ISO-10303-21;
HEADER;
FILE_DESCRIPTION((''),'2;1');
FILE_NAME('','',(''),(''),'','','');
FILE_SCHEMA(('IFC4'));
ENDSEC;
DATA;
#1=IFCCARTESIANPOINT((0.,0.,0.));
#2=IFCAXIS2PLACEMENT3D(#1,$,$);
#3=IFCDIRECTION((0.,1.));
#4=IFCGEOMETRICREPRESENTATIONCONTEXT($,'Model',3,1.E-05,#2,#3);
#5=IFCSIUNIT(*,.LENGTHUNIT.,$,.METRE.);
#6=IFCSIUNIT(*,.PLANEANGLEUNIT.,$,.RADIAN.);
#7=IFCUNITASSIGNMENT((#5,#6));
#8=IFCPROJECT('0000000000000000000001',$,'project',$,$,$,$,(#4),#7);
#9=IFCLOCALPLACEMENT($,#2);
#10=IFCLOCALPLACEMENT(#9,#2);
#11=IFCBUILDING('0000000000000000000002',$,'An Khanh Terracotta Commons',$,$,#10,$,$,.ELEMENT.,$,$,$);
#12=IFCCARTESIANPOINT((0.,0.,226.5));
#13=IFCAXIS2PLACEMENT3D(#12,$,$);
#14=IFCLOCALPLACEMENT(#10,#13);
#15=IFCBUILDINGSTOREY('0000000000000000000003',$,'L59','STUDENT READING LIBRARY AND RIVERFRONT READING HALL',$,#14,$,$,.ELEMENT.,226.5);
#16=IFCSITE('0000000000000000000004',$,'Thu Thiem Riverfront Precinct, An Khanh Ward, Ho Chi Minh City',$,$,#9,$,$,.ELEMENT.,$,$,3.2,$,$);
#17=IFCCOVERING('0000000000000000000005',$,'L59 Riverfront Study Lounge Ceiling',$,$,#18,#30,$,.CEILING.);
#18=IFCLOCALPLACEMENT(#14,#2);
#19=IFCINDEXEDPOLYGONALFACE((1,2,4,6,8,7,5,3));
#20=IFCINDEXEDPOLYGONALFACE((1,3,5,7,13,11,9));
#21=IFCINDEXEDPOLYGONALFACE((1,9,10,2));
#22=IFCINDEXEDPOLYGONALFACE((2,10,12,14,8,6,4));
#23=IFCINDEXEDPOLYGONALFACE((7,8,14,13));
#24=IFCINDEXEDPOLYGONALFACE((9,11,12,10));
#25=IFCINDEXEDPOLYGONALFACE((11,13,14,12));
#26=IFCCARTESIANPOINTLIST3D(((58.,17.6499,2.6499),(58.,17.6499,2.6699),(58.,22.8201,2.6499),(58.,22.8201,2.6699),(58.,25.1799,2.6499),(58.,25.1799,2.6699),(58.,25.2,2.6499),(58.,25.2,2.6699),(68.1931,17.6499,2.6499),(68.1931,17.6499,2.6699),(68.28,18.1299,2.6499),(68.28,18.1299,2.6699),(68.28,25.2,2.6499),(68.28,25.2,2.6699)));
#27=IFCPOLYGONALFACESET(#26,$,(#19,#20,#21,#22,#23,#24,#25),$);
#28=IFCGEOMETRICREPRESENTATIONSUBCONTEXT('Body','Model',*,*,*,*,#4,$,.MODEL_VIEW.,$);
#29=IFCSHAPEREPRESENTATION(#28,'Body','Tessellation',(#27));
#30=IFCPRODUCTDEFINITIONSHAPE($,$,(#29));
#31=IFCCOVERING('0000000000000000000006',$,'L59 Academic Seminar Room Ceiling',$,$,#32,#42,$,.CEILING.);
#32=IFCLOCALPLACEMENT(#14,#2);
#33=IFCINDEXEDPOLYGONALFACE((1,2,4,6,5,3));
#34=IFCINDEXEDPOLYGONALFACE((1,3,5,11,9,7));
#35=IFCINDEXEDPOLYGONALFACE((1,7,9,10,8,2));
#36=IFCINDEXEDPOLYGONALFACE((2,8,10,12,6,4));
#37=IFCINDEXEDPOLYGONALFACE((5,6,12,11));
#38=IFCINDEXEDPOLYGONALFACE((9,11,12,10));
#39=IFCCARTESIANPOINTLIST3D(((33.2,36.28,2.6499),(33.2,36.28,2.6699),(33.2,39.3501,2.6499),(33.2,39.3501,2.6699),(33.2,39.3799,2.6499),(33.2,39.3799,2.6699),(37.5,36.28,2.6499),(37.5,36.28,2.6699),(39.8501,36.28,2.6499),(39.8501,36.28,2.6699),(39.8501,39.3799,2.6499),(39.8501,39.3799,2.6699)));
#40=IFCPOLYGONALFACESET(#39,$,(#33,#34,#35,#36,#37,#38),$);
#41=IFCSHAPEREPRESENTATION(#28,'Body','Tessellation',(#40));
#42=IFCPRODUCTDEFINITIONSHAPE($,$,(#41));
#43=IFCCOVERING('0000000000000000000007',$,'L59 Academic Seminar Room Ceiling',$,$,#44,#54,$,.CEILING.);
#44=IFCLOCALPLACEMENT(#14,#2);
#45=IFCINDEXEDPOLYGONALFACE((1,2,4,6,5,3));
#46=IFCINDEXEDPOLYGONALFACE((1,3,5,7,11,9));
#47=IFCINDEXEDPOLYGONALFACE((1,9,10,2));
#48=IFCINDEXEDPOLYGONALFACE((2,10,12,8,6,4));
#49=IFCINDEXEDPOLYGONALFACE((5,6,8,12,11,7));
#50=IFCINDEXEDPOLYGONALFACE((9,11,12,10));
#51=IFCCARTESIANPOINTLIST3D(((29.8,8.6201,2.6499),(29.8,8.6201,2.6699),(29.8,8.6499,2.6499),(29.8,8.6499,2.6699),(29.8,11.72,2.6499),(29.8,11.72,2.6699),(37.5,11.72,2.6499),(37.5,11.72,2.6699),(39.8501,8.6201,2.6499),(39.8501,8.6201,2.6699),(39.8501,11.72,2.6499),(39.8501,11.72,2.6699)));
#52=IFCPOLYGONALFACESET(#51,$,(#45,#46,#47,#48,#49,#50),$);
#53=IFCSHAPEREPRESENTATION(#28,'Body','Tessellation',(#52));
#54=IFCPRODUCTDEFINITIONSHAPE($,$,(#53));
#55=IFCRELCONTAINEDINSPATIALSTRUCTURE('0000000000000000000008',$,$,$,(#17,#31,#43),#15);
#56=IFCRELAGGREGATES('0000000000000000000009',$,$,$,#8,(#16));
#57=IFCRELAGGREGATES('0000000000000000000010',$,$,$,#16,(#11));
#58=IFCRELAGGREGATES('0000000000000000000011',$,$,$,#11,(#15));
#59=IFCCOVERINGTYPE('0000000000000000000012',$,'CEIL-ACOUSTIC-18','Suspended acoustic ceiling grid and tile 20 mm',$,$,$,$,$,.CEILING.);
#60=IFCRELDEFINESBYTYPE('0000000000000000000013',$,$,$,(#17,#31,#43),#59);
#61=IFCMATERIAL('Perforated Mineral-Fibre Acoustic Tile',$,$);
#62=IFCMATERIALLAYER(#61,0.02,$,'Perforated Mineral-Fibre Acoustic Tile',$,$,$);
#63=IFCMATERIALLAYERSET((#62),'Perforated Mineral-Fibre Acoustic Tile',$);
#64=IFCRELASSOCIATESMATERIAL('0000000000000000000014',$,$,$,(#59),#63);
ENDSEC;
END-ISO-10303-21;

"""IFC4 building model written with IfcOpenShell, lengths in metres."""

from ifc_helpers import new_model, si_unit, direction, frame, origin, place, context, subcontext, project, spatial, polyline, outline, extrude, material, layer, layer_set, type_object, element, save


model = new_model("IFC4")

# Units and contexts
model_context = context("Model", 3, precision=1e-05, world=origin(), true_north=direction((0.0, 1.0)))
body_context = subcontext(model_context, "Body", "Model", "MODEL_VIEW")
ifc_project = project(units=[si_unit("LENGTHUNIT", "METRE"), si_unit("PLANEANGLEUNIT", "RADIAN")], contexts=[model_context])

# Site, building, storey
site_placement = place(None, origin())
site = spatial("IfcSite", under=ifc_project, at=site_placement, Name="Thu Thiem Riverfront Precinct, An Khanh Ward, Ho Chi Minh City", CompositionType="ELEMENT", RefElevation=3.2)
building_placement = place(site_placement, origin())
building = spatial("IfcBuilding", under=site, at=building_placement, Name="An Khanh Terracotta Commons", CompositionType="ELEMENT")
storey_placement = place(building_placement, frame((0.0, 0.0, 226.5)))
storey = spatial("IfcBuildingStorey", under=building, at=storey_placement, Name="L59", Description="STUDENT READING LIBRARY AND RIVERFRONT READING HALL", CompositionType="ELEMENT", Elevation=226.5)

# Coverings
ifc_material_1 = material(Name="Perforated Mineral-Fibre Acoustic Tile")
ifc_layer_1 = layer(ifc_material_1, 0.02, Name="Perforated Mineral-Fibre Acoustic Tile")
ifc_layer_set_1 = layer_set([ifc_layer_1], Name="Perforated Mineral-Fibre Acoustic Tile")
covering_type = type_object("IfcCoveringType", Name="CEIL-ACOUSTIC-18", Description="Suspended acoustic ceiling grid and tile 20 mm", PredefinedType="CEILING", material=ifc_layer_set_1)
covering_1_placement = place(storey_placement, frame((0.0, 0.0, 2.6499)))
element("IfcCovering", 1, at=covering_1_placement, inside=storey, type_object=covering_type, Name="L59 Riverfront Study Lounge Ceiling", PredefinedType="CEILING", context=body_context, shape_type="SweptSolid", body=[
    extrude(outline(polyline([(68.28, 18.1299), (68.1931, 17.6499), (58.0, 17.6499), (58.0, 22.8201), (58.0, 25.1799), (58.0, 25.2), (68.28, 25.2), (68.28, 18.1299)])), origin(), (0.0, 0.0, 1.0), 0.02),
])
covering_2_placement = place(storey_placement, frame((0.0, 0.0, 2.6499)))
element("IfcCovering", 2, at=covering_2_placement, inside=storey, type_object=covering_type, Name="L59 Academic Seminar Room Ceiling", PredefinedType="CEILING", context=body_context, shape_type="SweptSolid", body=[
    extrude(outline(polyline([(39.8501, 39.3799), (39.8501, 36.28), (37.5, 36.28), (33.2, 36.28), (33.2, 39.3501), (33.2, 39.3799), (39.8501, 39.3799)])), origin(), (0.0, 0.0, 1.0), 0.02),
])
covering_3_placement = place(storey_placement, frame((0.0, 0.0, 2.6499)))
element("IfcCovering", 3, at=covering_3_placement, inside=storey, type_object=covering_type, Name="L59 Academic Seminar Room Ceiling", PredefinedType="CEILING", context=body_context, shape_type="SweptSolid", body=[
    extrude(outline(polyline([(29.8, 8.6201), (29.8, 8.6499), (29.8, 11.72), (37.5, 11.72), (39.8501, 11.72), (39.8501, 8.6201), (29.8, 8.6201)])), origin(), (0.0, 0.0, 1.0), 0.02),
])

save(model, "model.ifc")
